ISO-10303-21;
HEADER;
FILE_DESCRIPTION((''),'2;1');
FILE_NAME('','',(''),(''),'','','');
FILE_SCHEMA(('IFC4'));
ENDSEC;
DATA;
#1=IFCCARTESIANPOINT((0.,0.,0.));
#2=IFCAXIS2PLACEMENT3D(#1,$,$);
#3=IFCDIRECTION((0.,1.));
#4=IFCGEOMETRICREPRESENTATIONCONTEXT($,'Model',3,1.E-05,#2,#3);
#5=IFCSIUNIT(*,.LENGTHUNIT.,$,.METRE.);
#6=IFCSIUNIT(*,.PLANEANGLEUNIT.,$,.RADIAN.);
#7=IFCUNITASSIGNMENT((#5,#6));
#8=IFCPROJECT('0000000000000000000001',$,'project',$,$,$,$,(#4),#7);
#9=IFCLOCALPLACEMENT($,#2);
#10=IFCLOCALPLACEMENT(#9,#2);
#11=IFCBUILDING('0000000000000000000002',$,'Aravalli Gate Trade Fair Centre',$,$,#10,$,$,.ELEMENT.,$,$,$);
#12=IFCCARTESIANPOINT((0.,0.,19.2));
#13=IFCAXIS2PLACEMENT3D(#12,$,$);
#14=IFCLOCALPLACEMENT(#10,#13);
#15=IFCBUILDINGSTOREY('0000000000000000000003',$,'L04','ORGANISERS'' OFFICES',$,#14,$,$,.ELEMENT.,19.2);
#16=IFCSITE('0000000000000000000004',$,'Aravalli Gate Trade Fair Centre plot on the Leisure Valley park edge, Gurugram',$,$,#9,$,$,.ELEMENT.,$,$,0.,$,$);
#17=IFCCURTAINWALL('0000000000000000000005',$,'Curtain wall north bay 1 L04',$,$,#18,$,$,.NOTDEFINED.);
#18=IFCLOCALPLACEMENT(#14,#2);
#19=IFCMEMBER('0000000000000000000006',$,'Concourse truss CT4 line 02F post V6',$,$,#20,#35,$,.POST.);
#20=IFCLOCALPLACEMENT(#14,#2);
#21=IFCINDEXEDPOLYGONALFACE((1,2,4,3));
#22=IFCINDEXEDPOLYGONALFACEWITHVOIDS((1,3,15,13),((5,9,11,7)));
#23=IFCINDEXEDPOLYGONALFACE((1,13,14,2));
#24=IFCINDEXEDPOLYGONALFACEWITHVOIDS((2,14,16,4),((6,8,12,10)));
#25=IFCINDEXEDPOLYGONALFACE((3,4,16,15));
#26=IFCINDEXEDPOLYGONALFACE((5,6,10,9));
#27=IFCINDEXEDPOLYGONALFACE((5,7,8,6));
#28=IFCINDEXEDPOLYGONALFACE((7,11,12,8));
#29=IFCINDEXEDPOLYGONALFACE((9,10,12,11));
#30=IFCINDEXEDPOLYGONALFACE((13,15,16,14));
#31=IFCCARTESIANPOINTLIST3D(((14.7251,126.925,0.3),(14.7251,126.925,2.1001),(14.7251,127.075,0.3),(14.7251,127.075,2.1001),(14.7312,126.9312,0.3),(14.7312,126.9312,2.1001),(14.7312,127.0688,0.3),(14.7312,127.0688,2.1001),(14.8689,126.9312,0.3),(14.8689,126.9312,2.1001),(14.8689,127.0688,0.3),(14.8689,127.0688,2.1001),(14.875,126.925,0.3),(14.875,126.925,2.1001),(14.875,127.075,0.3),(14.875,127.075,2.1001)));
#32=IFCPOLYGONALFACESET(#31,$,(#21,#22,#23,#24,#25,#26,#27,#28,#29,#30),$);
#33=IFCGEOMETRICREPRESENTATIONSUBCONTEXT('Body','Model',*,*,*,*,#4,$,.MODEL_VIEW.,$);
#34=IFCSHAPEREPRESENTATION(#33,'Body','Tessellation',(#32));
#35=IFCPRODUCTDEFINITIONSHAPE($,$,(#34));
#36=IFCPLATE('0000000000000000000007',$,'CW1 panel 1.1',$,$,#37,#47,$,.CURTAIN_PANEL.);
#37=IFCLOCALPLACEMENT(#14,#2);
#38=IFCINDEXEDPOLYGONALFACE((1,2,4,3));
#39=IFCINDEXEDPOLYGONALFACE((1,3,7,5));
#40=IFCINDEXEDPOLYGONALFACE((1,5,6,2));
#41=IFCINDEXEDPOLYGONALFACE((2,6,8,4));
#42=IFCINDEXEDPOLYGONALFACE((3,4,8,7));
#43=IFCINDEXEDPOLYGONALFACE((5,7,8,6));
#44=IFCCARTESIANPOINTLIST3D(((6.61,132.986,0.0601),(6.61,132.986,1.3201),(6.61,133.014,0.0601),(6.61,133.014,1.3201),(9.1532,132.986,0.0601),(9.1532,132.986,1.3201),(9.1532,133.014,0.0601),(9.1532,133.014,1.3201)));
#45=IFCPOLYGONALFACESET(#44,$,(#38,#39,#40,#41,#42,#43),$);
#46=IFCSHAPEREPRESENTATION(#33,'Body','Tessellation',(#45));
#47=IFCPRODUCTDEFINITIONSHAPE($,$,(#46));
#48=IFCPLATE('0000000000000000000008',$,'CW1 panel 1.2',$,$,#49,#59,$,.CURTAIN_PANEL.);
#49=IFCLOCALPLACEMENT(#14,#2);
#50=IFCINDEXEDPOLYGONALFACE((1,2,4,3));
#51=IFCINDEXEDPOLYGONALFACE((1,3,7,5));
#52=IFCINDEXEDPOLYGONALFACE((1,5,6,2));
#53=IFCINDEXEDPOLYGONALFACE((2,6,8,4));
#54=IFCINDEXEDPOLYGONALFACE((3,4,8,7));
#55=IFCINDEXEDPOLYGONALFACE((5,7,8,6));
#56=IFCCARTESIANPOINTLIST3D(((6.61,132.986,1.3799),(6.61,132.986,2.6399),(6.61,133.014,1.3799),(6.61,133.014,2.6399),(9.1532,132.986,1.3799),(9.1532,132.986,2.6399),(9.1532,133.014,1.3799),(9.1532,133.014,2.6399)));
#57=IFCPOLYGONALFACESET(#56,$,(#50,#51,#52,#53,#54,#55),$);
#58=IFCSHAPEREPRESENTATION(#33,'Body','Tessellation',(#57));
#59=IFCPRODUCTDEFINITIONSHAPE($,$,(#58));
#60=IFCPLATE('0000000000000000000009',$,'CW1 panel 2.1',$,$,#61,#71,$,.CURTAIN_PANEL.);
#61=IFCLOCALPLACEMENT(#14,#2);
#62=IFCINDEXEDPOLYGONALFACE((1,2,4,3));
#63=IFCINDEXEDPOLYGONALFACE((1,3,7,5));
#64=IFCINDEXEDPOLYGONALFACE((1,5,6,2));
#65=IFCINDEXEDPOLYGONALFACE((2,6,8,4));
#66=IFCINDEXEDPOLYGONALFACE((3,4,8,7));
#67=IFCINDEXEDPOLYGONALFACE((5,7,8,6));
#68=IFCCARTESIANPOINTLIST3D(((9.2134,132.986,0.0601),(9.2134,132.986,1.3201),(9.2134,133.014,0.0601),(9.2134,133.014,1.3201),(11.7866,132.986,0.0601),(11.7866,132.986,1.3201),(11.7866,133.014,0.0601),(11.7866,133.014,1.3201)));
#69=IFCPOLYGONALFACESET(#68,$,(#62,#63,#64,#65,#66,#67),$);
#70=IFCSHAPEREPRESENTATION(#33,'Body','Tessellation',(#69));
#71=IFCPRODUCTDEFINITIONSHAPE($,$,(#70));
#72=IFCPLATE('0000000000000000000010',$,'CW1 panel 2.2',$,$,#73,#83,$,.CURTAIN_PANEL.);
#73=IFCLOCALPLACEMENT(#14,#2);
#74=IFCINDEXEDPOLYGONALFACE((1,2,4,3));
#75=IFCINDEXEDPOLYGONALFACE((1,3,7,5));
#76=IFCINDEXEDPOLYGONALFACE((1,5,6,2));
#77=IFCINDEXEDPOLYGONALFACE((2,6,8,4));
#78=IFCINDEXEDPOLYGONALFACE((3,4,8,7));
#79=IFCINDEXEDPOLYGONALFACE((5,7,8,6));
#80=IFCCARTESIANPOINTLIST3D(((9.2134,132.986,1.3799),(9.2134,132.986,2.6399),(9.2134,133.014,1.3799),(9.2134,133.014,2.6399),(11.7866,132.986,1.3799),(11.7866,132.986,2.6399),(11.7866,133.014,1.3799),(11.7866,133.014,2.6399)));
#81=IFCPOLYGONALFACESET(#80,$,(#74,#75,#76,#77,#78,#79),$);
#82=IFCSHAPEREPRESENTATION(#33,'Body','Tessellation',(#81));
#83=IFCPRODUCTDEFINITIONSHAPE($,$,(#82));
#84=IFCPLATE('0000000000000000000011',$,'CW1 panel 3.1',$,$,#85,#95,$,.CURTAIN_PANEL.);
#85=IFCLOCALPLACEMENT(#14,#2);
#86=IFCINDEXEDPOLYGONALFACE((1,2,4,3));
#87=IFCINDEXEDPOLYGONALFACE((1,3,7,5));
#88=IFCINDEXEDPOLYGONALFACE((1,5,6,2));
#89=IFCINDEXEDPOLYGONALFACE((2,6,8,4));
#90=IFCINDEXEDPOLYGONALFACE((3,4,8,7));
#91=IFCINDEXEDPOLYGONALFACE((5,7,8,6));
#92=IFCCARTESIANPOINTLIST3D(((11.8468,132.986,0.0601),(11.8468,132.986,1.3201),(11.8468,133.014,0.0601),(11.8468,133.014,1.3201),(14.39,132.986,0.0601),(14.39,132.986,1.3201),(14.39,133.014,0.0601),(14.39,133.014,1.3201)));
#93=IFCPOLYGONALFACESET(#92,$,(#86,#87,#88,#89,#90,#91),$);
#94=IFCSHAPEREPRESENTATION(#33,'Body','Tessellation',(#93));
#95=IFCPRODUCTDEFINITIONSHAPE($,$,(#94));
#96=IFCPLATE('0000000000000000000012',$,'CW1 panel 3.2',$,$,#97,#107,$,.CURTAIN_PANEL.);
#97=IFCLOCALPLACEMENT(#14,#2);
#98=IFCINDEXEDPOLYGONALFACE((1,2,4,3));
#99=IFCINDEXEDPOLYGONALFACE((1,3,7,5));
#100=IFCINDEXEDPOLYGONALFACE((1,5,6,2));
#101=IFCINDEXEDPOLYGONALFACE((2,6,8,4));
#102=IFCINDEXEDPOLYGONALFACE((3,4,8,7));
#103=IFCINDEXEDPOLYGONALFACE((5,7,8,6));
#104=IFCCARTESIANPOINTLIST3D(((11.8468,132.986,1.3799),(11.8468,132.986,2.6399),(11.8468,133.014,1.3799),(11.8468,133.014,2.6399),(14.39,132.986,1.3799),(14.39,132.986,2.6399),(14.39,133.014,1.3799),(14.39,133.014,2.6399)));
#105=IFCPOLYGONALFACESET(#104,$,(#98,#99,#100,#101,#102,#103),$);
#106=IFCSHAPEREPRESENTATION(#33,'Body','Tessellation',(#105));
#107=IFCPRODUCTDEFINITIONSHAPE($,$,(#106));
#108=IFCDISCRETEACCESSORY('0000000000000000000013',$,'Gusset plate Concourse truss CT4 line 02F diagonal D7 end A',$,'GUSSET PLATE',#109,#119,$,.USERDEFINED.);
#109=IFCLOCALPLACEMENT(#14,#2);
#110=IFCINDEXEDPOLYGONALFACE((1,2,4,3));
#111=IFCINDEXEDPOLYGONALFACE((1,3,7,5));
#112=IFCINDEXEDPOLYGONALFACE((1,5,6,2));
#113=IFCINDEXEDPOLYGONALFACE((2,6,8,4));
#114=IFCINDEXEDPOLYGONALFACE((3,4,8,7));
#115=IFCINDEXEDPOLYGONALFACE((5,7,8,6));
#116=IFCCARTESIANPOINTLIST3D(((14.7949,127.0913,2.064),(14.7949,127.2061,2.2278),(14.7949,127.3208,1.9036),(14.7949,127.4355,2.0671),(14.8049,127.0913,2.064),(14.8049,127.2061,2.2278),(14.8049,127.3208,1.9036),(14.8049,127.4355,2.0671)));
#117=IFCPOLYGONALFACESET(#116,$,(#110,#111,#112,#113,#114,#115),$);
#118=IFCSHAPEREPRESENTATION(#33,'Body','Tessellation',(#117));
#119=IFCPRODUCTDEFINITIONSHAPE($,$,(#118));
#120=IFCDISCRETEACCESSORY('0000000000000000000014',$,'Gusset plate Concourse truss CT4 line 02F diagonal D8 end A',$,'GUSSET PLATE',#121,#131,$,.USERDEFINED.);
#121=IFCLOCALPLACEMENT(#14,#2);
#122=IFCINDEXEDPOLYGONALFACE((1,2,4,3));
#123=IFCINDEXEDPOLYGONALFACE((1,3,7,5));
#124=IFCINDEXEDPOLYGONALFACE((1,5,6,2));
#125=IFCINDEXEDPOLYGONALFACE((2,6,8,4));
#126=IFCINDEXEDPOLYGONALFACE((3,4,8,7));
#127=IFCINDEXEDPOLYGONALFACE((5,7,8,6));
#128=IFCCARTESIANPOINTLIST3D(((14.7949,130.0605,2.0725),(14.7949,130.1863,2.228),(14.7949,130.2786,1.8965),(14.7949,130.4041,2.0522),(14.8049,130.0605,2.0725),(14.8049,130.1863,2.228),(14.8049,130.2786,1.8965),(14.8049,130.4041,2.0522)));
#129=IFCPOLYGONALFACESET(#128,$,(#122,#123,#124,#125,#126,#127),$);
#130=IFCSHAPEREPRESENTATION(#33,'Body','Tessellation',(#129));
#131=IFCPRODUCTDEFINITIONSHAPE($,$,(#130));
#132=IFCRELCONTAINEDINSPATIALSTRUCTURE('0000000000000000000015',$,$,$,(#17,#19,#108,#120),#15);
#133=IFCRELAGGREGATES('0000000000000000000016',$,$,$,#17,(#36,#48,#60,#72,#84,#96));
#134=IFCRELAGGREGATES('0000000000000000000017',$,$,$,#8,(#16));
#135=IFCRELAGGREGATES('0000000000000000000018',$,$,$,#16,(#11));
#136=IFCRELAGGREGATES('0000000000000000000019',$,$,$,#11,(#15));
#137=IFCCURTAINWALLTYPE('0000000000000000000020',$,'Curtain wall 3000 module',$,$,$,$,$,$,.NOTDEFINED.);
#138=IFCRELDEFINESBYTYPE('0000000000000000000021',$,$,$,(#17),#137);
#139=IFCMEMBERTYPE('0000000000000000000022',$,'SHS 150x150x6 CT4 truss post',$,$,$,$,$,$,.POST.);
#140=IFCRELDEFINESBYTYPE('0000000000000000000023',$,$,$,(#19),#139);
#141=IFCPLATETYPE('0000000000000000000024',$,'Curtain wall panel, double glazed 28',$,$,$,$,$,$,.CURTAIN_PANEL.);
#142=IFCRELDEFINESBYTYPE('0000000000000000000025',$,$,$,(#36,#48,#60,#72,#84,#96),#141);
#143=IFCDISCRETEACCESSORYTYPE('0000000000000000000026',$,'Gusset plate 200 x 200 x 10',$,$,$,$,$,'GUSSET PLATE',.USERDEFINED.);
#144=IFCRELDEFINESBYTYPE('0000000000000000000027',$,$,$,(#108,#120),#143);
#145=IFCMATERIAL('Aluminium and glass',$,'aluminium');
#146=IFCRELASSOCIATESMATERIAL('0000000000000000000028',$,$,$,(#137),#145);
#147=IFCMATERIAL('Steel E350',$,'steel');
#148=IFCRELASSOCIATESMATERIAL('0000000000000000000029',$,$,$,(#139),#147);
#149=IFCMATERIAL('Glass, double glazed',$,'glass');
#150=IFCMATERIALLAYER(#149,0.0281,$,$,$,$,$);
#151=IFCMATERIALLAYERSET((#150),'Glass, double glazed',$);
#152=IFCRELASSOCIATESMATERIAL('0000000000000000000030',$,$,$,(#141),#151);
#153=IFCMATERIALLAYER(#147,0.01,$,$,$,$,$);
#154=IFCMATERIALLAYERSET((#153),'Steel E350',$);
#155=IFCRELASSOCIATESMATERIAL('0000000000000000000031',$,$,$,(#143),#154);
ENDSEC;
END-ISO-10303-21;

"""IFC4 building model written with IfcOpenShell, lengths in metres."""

from ifc_helpers import new_model, si_unit, direction, frame, origin, origin_2d, place, context, subcontext, project, spatial, polyline, rectangle, hollow_rectangle, outline, extrude, material, layer, layer_set, material_profile, profile_set, type_object, element, aggregate, save


model = new_model("IFC4")

# Units and contexts
model_context = context("Model", 3, precision=1e-05, world=origin(), true_north=direction((0.0, 1.0)))
body_context = subcontext(model_context, "Body", "Model", "MODEL_VIEW")
ifc_project = project(units=[si_unit("LENGTHUNIT", "METRE"), si_unit("PLANEANGLEUNIT", "RADIAN")], contexts=[model_context])

# Site, building, storey
site_placement = place(None, origin())
site = spatial("IfcSite", under=ifc_project, at=site_placement, Name="Aravalli Gate Trade Fair Centre plot on the Leisure Valley park edge, Gurugram", CompositionType="ELEMENT", RefElevation=0.0)
building_placement = place(site_placement, origin())
building = spatial("IfcBuilding", under=site, at=building_placement, Name="Aravalli Gate Trade Fair Centre", CompositionType="ELEMENT")
storey_placement = place(building_placement, frame((0.0, 0.0, 19.2)))
storey = spatial("IfcBuildingStorey", under=building, at=storey_placement, Name="L04", Description="ORGANISERS' OFFICES", CompositionType="ELEMENT", Elevation=19.2)

# Curtain wall
ifc_material_1 = material(Name="Aluminium and glass", Category="aluminium")
curtain_wall_type = type_object("IfcCurtainWallType", Name="Curtain wall 3000 module", PredefinedType="NOTDEFINED", material=ifc_material_1)
curtain_wall_placement = place(storey_placement, origin())
curtain_wall = element("IfcCurtainWall", 1, at=curtain_wall_placement, inside=storey, type_object=curtain_wall_type, Name="Curtain wall north bay 1 L04", PredefinedType="NOTDEFINED")

# Member
ifc_material_2 = material(Name="Steel E350", Category="steel")
ifc_material_profile_1 = material_profile(ifc_material_2, hollow_rectangle(XDim=0.1499, YDim=0.1499, WallThickness=0.0061, at=origin_2d()), Name="SHS 150x150x6")
ifc_profile_set_1 = profile_set([ifc_material_profile_1], Name="Steel E350")
member_type_1 = type_object("IfcMemberType", Name="SHS 150x150x6 CT4 truss post", PredefinedType="POST", material=ifc_profile_set_1)
member_1_placement = place(storey_placement, frame((14.8, 127.0, 0.3), z_axis=(0.0, 0.0, 1.0), x_axis=(1.0, 0.0, 0.0)))
element("IfcMember", 2, at=member_1_placement, inside=storey, type_object=member_type_1, Name="Concourse truss CT4 line 02F post V6", PredefinedType="POST", context=body_context, shape_type="SweptSolid", body=[
    extrude(hollow_rectangle(XDim=0.1499, YDim=0.1499, WallThickness=0.0061, at=origin_2d()), origin(), (0.0, 0.0, 1.0), 1.8),
])

# Plates
ifc_material_3 = material(Name="Glass, double glazed", Category="glass")
ifc_layer_1 = layer(ifc_material_3, 0.0281)
ifc_layer_set_1 = layer_set([ifc_layer_1], Name="Glass, double glazed")
plate_type = type_object("IfcPlateType", Name="Curtain wall panel, double glazed 28", PredefinedType="CURTAIN_PANEL", material=ifc_layer_set_1)
plate_1_placement = place(storey_placement, frame((7.8816, 133.0, 0.0601), z_axis=(0.0, 0.0, 1.0), x_axis=(1.0, 0.0, 0.0)))
plate_1 = element("IfcPlate", 3, at=plate_1_placement, type_object=plate_type, Name="CW1 panel 1.1", PredefinedType="CURTAIN_PANEL", context=body_context, shape_type="SweptSolid", body=[
    extrude(rectangle(XDim=2.5432, YDim=0.0281, at=origin_2d()), origin(), (0.0, 0.0, 1.0), 1.26),
])
plate_2_placement = place(storey_placement, frame((7.8816, 133.0, 1.3799), z_axis=(0.0, 0.0, 1.0), x_axis=(1.0, 0.0, 0.0)))
plate_2 = element("IfcPlate", 4, at=plate_2_placement, type_object=plate_type, Name="CW1 panel 1.2", PredefinedType="CURTAIN_PANEL", context=body_context, shape_type="SweptSolid", body=[
    extrude(rectangle(XDim=2.5432, YDim=0.0281, at=origin_2d()), origin(), (0.0, 0.0, 1.0), 1.26),
])
plate_3_placement = place(storey_placement, frame((10.5, 133.0, 0.0601), z_axis=(0.0, 0.0, 1.0), x_axis=(1.0, 0.0, 0.0)))
plate_3 = element("IfcPlate", 5, at=plate_3_placement, type_object=plate_type, Name="CW1 panel 2.1", PredefinedType="CURTAIN_PANEL", context=body_context, shape_type="SweptSolid", body=[
    extrude(rectangle(XDim=2.5732, YDim=0.0281, at=origin_2d()), origin(), (0.0, 0.0, 1.0), 1.26),
])
plate_4_placement = place(storey_placement, frame((10.5, 133.0, 1.3799), z_axis=(0.0, 0.0, 1.0), x_axis=(1.0, 0.0, 0.0)))
plate_4 = element("IfcPlate", 6, at=plate_4_placement, type_object=plate_type, Name="CW1 panel 2.2", PredefinedType="CURTAIN_PANEL", context=body_context, shape_type="SweptSolid", body=[
    extrude(rectangle(XDim=2.5732, YDim=0.0281, at=origin_2d()), origin(), (0.0, 0.0, 1.0), 1.26),
])
plate_5_placement = place(storey_placement, frame((13.1184, 133.0, 0.0601), z_axis=(0.0, 0.0, 1.0), x_axis=(1.0, 0.0, 0.0)))
plate_5 = element("IfcPlate", 7, at=plate_5_placement, type_object=plate_type, Name="CW1 panel 3.1", PredefinedType="CURTAIN_PANEL", context=body_context, shape_type="SweptSolid", body=[
    extrude(rectangle(XDim=2.5432, YDim=0.0281, at=origin_2d()), origin(), (0.0, 0.0, 1.0), 1.26),
])
plate_6_placement = place(storey_placement, frame((13.1184, 133.0, 1.3799), z_axis=(0.0, 0.0, 1.0), x_axis=(1.0, 0.0, 0.0)))
plate_6 = element("IfcPlate", 8, at=plate_6_placement, type_object=plate_type, Name="CW1 panel 3.2", PredefinedType="CURTAIN_PANEL", context=body_context, shape_type="SweptSolid", body=[
    extrude(rectangle(XDim=2.5432, YDim=0.0281, at=origin_2d()), origin(), (0.0, 0.0, 1.0), 1.26),
])
aggregate(curtain_wall, [plate_1, plate_2, plate_3, plate_4, plate_5, plate_6])

# Discrete accessories
ifc_layer_2 = layer(ifc_material_2, 0.01)
ifc_layer_set_2 = layer_set([ifc_layer_2], Name="Steel E350")
discrete_accessory_type = type_object("IfcDiscreteAccessoryType", Name="Gusset plate 200 x 200 x 10", ElementType="GUSSET PLATE", PredefinedType="USERDEFINED", material=ifc_layer_set_2)
discrete_accessory_1_placement = place(storey_placement, frame((14.7949, 127.3208, 1.9036), z_axis=(-1.0, 0.0, 0.0), x_axis=(0.0, -0.819641, 0.572877)))
element("IfcDiscreteAccessory", 9, at=discrete_accessory_1_placement, inside=storey, type_object=discrete_accessory_type, Name="Gusset plate Concourse truss CT4 line 02F diagonal D7 end A", ObjectType="GUSSET PLATE", PredefinedType="USERDEFINED", context=body_context, shape_type="SweptSolid", body=[
    extrude(outline(polyline([(0.0, 0.0), (0.28, 0.0), (0.2798, 0.2), (-0.0003, 0.1998), (0.0, 0.0)])), origin(), (0.0, 0.0, -1.0), 0.01),
])
discrete_accessory_2_placement = place(storey_placement, frame((14.7949, 130.2786, 1.8965), z_axis=(-1.0, 0.0, 0.0), x_axis=(0.0, -0.778056, 0.628195)))
element("IfcDiscreteAccessory", 10, at=discrete_accessory_2_placement, inside=storey, type_object=discrete_accessory_type, Name="Gusset plate Concourse truss CT4 line 02F diagonal D8 end A", ObjectType="GUSSET PLATE", PredefinedType="USERDEFINED", context=body_context, shape_type="SweptSolid", body=[
    extrude(outline(polyline([(0.0, 0.0), (0.2802, 0.0), (0.2801, 0.2), (0.0002, 0.2), (0.0, 0.0)])), origin(), (0.0, 0.0, -1.0), 0.01),
])

save(model, "model.ifc")
